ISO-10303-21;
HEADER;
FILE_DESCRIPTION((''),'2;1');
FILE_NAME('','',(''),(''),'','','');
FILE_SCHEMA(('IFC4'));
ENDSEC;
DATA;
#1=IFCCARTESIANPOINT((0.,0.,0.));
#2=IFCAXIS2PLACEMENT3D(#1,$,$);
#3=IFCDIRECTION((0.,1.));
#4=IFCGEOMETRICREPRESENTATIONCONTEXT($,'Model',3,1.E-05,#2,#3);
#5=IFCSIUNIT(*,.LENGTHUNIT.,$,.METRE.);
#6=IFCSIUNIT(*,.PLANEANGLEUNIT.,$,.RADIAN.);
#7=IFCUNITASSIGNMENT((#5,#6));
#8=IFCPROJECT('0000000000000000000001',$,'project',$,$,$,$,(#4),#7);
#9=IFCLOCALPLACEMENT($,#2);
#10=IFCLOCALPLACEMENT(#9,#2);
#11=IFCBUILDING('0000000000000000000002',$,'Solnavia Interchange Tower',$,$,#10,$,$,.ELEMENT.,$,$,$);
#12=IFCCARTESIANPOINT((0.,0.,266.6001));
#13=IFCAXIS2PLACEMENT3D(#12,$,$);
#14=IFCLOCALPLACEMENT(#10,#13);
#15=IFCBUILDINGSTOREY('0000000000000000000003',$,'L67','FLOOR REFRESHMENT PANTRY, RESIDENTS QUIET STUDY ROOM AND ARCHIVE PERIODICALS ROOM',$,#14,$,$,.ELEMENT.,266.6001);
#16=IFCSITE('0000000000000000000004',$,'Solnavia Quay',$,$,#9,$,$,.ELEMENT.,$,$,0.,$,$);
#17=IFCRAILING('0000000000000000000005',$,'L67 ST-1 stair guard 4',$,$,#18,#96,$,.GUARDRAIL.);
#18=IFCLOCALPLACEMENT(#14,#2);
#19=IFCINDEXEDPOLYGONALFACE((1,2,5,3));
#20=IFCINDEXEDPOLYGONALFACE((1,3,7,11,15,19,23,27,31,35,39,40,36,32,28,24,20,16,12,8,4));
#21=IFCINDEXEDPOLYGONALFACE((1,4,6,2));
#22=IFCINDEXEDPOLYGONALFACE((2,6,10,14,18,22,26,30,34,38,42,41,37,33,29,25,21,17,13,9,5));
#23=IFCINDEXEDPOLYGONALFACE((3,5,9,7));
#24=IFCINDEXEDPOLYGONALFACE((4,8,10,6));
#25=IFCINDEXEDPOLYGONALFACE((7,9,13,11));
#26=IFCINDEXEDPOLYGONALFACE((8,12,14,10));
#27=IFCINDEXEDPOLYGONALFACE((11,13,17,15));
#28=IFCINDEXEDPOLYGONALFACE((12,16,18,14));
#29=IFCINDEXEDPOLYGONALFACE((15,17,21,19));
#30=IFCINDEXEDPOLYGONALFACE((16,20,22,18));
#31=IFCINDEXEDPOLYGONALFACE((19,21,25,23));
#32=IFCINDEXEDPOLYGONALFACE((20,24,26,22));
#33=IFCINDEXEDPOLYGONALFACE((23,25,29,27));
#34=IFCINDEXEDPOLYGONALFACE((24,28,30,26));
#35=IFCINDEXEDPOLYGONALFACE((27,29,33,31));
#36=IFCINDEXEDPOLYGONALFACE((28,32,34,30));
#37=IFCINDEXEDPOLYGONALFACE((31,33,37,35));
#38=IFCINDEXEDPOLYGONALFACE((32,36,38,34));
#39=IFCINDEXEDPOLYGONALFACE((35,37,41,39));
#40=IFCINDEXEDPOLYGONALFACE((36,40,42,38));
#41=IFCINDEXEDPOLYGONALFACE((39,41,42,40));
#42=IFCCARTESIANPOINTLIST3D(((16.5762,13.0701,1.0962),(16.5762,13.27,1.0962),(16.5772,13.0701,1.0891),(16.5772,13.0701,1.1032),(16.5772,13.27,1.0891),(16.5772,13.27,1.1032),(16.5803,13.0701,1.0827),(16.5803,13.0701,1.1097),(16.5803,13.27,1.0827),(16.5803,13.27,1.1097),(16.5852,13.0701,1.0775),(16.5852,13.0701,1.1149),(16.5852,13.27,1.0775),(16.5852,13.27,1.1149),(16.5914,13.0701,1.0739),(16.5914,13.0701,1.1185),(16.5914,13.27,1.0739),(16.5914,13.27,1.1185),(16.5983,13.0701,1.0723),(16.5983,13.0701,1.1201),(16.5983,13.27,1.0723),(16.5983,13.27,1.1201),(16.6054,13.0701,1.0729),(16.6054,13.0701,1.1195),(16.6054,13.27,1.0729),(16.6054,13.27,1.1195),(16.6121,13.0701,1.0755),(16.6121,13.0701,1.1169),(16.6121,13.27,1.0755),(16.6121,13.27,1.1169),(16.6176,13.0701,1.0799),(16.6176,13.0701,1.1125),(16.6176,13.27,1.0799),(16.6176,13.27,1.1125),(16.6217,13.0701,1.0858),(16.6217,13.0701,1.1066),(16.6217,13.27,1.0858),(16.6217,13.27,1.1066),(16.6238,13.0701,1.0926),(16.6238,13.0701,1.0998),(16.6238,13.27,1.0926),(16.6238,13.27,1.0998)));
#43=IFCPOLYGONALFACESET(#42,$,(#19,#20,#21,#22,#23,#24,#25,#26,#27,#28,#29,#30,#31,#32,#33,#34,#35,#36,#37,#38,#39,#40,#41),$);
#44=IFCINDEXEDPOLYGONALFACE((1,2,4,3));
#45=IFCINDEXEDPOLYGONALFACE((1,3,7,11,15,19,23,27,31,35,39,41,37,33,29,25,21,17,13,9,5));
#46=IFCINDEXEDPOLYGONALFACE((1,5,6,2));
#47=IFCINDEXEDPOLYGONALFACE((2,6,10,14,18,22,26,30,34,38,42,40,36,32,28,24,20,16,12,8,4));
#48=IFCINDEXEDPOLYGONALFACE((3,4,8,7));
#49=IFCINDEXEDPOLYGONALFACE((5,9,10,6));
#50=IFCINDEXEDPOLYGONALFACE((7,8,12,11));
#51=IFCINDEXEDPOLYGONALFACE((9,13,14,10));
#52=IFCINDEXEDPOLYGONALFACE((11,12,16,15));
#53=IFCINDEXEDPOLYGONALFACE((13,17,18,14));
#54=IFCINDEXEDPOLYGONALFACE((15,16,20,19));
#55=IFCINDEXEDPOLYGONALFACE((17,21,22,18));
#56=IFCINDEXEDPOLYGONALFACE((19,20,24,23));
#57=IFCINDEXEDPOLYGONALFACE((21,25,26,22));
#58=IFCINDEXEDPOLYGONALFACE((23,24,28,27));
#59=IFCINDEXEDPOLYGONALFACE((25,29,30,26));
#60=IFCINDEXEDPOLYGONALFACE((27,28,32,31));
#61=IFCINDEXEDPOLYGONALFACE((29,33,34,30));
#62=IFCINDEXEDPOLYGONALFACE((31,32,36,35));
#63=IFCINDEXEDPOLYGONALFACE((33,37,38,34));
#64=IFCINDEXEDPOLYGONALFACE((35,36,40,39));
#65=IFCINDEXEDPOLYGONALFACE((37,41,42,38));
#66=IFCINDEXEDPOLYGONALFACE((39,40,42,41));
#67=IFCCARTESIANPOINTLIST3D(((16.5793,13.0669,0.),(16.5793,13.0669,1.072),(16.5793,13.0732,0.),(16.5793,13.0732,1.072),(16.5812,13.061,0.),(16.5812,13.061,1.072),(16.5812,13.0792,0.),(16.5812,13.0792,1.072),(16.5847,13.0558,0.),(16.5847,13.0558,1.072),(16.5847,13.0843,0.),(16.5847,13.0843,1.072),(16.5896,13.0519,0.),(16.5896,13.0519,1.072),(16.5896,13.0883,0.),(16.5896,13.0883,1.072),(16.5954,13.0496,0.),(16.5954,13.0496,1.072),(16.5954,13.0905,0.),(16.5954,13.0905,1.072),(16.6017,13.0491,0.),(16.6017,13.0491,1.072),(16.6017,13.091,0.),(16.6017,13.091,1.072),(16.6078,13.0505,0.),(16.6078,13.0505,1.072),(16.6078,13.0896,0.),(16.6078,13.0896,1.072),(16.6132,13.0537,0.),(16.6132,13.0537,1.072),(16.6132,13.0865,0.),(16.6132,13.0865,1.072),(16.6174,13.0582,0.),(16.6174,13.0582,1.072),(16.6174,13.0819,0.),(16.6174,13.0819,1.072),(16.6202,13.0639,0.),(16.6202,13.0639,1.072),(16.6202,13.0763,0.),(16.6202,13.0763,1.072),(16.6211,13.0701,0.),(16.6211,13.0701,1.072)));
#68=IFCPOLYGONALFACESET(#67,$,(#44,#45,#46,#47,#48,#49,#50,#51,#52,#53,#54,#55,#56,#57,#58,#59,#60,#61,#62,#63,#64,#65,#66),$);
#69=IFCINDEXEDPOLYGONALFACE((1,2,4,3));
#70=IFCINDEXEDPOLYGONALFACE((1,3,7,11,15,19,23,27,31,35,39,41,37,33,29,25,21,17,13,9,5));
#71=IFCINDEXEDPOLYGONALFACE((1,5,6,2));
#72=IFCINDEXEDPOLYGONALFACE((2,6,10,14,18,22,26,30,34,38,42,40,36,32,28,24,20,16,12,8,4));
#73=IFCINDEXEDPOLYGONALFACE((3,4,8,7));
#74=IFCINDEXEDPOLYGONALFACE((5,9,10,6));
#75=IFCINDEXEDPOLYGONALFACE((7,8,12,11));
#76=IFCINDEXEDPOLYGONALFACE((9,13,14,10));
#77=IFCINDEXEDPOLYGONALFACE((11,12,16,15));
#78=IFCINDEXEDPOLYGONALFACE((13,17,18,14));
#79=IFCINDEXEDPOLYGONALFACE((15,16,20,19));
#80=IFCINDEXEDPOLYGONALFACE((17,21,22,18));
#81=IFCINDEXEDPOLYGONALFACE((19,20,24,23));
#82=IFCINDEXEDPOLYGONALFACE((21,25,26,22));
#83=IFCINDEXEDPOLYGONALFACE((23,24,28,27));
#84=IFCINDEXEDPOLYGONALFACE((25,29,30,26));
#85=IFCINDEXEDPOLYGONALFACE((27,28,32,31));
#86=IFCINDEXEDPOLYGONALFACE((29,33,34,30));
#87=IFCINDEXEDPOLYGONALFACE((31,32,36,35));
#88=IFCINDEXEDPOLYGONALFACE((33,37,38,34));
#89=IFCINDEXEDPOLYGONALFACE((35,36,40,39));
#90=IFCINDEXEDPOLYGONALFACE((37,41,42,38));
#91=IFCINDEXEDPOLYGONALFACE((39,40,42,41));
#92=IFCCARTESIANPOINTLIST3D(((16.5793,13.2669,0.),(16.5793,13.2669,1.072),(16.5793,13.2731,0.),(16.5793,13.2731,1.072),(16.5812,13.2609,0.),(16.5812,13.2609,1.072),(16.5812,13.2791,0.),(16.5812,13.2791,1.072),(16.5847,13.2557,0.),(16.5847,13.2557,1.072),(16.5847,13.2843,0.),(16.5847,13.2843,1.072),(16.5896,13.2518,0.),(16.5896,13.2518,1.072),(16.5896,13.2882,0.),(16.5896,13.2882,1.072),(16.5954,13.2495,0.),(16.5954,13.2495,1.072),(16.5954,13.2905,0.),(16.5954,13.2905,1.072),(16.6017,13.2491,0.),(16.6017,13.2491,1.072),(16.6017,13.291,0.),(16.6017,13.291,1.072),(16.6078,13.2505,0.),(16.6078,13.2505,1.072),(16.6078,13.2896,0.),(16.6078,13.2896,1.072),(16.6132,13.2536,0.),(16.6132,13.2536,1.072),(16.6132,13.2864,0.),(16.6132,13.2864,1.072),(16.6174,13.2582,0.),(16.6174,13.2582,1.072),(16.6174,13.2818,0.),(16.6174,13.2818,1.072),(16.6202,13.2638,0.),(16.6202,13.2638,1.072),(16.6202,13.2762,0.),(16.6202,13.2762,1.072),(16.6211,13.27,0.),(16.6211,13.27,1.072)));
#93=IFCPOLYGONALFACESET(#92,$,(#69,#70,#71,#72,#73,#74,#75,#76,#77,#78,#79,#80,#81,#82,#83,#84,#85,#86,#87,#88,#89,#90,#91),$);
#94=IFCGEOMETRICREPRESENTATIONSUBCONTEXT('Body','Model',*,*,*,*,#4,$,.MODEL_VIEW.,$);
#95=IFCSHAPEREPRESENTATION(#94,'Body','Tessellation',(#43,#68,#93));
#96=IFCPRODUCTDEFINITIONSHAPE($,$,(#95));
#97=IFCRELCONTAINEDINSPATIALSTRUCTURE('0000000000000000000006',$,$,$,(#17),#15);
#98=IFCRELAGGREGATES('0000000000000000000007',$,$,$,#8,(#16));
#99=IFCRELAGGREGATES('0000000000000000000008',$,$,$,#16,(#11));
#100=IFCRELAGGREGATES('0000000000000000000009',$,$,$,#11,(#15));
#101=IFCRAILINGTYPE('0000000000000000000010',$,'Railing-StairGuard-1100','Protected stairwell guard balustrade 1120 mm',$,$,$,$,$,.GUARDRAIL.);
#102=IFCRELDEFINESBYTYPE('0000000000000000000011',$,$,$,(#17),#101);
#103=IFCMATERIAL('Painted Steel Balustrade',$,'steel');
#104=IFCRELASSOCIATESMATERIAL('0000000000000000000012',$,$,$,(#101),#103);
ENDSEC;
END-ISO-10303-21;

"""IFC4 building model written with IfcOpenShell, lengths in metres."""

from ifc_helpers import new_model, si_unit, direction, frame, origin, origin_2d, place, context, subcontext, project, spatial, circle, extrude, material, type_object, element, save


model = new_model("IFC4")

# Units and contexts
model_context = context("Model", 3, precision=1e-05, world=origin(), true_north=direction((0.0, 1.0)))
body_context = subcontext(model_context, "Body", "Model", "MODEL_VIEW")
ifc_project = project(units=[si_unit("LENGTHUNIT", "METRE"), si_unit("PLANEANGLEUNIT", "RADIAN")], contexts=[model_context])

# Site, building, storey
site_placement = place(None, origin())
site = spatial("IfcSite", under=ifc_project, at=site_placement, Name="Solnavia Quay", CompositionType="ELEMENT", RefElevation=0.0)
building_placement = place(site_placement, origin())
building = spatial("IfcBuilding", under=site, at=building_placement, Name="Solnavia Interchange Tower", CompositionType="ELEMENT")
storey_placement = place(building_placement, frame((0.0, 0.0, 266.6001)))
storey = spatial("IfcBuildingStorey", under=building, at=storey_placement, Name="L67", Description="FLOOR REFRESHMENT PANTRY, RESIDENTS QUIET STUDY ROOM AND ARCHIVE PERIODICALS ROOM", CompositionType="ELEMENT", Elevation=266.6001)

# Railing
ifc_material_1 = material(Name="Painted Steel Balustrade", Category="steel")
railing_type_1 = type_object("IfcRailingType", Name="Railing-StairGuard-1100", Description="Protected stairwell guard balustrade 1120 mm", PredefinedType="GUARDRAIL", material=ifc_material_1)
railing_1_placement = place(storey_placement, frame((16.6001, 13.0701, 0.0)))
element("IfcRailing", 1, at=railing_1_placement, inside=storey, type_object=railing_type_1, Name="L67 ST-1 stair guard 4", PredefinedType="GUARDRAIL", context=body_context, shape_type="SweptSolid", body=[
    extrude(circle(Radius=0.0239, at=origin_2d()), frame((0.0, 0.0, 1.0962), z_axis=(0.0, 1.0, 0.0), x_axis=(-1.0, 0.0, 0.0)), (0.0, 0.0, 1.0), 0.2),
    extrude(circle(Radius=0.021, at=origin_2d()), origin(), (0.0, 0.0, 1.0), 1.072),
    extrude(circle(Radius=0.021, at=origin_2d()), frame((0.0, 0.2, 0.0)), (0.0, 0.0, 1.0), 1.072),
])

save(model, "model.ifc")
